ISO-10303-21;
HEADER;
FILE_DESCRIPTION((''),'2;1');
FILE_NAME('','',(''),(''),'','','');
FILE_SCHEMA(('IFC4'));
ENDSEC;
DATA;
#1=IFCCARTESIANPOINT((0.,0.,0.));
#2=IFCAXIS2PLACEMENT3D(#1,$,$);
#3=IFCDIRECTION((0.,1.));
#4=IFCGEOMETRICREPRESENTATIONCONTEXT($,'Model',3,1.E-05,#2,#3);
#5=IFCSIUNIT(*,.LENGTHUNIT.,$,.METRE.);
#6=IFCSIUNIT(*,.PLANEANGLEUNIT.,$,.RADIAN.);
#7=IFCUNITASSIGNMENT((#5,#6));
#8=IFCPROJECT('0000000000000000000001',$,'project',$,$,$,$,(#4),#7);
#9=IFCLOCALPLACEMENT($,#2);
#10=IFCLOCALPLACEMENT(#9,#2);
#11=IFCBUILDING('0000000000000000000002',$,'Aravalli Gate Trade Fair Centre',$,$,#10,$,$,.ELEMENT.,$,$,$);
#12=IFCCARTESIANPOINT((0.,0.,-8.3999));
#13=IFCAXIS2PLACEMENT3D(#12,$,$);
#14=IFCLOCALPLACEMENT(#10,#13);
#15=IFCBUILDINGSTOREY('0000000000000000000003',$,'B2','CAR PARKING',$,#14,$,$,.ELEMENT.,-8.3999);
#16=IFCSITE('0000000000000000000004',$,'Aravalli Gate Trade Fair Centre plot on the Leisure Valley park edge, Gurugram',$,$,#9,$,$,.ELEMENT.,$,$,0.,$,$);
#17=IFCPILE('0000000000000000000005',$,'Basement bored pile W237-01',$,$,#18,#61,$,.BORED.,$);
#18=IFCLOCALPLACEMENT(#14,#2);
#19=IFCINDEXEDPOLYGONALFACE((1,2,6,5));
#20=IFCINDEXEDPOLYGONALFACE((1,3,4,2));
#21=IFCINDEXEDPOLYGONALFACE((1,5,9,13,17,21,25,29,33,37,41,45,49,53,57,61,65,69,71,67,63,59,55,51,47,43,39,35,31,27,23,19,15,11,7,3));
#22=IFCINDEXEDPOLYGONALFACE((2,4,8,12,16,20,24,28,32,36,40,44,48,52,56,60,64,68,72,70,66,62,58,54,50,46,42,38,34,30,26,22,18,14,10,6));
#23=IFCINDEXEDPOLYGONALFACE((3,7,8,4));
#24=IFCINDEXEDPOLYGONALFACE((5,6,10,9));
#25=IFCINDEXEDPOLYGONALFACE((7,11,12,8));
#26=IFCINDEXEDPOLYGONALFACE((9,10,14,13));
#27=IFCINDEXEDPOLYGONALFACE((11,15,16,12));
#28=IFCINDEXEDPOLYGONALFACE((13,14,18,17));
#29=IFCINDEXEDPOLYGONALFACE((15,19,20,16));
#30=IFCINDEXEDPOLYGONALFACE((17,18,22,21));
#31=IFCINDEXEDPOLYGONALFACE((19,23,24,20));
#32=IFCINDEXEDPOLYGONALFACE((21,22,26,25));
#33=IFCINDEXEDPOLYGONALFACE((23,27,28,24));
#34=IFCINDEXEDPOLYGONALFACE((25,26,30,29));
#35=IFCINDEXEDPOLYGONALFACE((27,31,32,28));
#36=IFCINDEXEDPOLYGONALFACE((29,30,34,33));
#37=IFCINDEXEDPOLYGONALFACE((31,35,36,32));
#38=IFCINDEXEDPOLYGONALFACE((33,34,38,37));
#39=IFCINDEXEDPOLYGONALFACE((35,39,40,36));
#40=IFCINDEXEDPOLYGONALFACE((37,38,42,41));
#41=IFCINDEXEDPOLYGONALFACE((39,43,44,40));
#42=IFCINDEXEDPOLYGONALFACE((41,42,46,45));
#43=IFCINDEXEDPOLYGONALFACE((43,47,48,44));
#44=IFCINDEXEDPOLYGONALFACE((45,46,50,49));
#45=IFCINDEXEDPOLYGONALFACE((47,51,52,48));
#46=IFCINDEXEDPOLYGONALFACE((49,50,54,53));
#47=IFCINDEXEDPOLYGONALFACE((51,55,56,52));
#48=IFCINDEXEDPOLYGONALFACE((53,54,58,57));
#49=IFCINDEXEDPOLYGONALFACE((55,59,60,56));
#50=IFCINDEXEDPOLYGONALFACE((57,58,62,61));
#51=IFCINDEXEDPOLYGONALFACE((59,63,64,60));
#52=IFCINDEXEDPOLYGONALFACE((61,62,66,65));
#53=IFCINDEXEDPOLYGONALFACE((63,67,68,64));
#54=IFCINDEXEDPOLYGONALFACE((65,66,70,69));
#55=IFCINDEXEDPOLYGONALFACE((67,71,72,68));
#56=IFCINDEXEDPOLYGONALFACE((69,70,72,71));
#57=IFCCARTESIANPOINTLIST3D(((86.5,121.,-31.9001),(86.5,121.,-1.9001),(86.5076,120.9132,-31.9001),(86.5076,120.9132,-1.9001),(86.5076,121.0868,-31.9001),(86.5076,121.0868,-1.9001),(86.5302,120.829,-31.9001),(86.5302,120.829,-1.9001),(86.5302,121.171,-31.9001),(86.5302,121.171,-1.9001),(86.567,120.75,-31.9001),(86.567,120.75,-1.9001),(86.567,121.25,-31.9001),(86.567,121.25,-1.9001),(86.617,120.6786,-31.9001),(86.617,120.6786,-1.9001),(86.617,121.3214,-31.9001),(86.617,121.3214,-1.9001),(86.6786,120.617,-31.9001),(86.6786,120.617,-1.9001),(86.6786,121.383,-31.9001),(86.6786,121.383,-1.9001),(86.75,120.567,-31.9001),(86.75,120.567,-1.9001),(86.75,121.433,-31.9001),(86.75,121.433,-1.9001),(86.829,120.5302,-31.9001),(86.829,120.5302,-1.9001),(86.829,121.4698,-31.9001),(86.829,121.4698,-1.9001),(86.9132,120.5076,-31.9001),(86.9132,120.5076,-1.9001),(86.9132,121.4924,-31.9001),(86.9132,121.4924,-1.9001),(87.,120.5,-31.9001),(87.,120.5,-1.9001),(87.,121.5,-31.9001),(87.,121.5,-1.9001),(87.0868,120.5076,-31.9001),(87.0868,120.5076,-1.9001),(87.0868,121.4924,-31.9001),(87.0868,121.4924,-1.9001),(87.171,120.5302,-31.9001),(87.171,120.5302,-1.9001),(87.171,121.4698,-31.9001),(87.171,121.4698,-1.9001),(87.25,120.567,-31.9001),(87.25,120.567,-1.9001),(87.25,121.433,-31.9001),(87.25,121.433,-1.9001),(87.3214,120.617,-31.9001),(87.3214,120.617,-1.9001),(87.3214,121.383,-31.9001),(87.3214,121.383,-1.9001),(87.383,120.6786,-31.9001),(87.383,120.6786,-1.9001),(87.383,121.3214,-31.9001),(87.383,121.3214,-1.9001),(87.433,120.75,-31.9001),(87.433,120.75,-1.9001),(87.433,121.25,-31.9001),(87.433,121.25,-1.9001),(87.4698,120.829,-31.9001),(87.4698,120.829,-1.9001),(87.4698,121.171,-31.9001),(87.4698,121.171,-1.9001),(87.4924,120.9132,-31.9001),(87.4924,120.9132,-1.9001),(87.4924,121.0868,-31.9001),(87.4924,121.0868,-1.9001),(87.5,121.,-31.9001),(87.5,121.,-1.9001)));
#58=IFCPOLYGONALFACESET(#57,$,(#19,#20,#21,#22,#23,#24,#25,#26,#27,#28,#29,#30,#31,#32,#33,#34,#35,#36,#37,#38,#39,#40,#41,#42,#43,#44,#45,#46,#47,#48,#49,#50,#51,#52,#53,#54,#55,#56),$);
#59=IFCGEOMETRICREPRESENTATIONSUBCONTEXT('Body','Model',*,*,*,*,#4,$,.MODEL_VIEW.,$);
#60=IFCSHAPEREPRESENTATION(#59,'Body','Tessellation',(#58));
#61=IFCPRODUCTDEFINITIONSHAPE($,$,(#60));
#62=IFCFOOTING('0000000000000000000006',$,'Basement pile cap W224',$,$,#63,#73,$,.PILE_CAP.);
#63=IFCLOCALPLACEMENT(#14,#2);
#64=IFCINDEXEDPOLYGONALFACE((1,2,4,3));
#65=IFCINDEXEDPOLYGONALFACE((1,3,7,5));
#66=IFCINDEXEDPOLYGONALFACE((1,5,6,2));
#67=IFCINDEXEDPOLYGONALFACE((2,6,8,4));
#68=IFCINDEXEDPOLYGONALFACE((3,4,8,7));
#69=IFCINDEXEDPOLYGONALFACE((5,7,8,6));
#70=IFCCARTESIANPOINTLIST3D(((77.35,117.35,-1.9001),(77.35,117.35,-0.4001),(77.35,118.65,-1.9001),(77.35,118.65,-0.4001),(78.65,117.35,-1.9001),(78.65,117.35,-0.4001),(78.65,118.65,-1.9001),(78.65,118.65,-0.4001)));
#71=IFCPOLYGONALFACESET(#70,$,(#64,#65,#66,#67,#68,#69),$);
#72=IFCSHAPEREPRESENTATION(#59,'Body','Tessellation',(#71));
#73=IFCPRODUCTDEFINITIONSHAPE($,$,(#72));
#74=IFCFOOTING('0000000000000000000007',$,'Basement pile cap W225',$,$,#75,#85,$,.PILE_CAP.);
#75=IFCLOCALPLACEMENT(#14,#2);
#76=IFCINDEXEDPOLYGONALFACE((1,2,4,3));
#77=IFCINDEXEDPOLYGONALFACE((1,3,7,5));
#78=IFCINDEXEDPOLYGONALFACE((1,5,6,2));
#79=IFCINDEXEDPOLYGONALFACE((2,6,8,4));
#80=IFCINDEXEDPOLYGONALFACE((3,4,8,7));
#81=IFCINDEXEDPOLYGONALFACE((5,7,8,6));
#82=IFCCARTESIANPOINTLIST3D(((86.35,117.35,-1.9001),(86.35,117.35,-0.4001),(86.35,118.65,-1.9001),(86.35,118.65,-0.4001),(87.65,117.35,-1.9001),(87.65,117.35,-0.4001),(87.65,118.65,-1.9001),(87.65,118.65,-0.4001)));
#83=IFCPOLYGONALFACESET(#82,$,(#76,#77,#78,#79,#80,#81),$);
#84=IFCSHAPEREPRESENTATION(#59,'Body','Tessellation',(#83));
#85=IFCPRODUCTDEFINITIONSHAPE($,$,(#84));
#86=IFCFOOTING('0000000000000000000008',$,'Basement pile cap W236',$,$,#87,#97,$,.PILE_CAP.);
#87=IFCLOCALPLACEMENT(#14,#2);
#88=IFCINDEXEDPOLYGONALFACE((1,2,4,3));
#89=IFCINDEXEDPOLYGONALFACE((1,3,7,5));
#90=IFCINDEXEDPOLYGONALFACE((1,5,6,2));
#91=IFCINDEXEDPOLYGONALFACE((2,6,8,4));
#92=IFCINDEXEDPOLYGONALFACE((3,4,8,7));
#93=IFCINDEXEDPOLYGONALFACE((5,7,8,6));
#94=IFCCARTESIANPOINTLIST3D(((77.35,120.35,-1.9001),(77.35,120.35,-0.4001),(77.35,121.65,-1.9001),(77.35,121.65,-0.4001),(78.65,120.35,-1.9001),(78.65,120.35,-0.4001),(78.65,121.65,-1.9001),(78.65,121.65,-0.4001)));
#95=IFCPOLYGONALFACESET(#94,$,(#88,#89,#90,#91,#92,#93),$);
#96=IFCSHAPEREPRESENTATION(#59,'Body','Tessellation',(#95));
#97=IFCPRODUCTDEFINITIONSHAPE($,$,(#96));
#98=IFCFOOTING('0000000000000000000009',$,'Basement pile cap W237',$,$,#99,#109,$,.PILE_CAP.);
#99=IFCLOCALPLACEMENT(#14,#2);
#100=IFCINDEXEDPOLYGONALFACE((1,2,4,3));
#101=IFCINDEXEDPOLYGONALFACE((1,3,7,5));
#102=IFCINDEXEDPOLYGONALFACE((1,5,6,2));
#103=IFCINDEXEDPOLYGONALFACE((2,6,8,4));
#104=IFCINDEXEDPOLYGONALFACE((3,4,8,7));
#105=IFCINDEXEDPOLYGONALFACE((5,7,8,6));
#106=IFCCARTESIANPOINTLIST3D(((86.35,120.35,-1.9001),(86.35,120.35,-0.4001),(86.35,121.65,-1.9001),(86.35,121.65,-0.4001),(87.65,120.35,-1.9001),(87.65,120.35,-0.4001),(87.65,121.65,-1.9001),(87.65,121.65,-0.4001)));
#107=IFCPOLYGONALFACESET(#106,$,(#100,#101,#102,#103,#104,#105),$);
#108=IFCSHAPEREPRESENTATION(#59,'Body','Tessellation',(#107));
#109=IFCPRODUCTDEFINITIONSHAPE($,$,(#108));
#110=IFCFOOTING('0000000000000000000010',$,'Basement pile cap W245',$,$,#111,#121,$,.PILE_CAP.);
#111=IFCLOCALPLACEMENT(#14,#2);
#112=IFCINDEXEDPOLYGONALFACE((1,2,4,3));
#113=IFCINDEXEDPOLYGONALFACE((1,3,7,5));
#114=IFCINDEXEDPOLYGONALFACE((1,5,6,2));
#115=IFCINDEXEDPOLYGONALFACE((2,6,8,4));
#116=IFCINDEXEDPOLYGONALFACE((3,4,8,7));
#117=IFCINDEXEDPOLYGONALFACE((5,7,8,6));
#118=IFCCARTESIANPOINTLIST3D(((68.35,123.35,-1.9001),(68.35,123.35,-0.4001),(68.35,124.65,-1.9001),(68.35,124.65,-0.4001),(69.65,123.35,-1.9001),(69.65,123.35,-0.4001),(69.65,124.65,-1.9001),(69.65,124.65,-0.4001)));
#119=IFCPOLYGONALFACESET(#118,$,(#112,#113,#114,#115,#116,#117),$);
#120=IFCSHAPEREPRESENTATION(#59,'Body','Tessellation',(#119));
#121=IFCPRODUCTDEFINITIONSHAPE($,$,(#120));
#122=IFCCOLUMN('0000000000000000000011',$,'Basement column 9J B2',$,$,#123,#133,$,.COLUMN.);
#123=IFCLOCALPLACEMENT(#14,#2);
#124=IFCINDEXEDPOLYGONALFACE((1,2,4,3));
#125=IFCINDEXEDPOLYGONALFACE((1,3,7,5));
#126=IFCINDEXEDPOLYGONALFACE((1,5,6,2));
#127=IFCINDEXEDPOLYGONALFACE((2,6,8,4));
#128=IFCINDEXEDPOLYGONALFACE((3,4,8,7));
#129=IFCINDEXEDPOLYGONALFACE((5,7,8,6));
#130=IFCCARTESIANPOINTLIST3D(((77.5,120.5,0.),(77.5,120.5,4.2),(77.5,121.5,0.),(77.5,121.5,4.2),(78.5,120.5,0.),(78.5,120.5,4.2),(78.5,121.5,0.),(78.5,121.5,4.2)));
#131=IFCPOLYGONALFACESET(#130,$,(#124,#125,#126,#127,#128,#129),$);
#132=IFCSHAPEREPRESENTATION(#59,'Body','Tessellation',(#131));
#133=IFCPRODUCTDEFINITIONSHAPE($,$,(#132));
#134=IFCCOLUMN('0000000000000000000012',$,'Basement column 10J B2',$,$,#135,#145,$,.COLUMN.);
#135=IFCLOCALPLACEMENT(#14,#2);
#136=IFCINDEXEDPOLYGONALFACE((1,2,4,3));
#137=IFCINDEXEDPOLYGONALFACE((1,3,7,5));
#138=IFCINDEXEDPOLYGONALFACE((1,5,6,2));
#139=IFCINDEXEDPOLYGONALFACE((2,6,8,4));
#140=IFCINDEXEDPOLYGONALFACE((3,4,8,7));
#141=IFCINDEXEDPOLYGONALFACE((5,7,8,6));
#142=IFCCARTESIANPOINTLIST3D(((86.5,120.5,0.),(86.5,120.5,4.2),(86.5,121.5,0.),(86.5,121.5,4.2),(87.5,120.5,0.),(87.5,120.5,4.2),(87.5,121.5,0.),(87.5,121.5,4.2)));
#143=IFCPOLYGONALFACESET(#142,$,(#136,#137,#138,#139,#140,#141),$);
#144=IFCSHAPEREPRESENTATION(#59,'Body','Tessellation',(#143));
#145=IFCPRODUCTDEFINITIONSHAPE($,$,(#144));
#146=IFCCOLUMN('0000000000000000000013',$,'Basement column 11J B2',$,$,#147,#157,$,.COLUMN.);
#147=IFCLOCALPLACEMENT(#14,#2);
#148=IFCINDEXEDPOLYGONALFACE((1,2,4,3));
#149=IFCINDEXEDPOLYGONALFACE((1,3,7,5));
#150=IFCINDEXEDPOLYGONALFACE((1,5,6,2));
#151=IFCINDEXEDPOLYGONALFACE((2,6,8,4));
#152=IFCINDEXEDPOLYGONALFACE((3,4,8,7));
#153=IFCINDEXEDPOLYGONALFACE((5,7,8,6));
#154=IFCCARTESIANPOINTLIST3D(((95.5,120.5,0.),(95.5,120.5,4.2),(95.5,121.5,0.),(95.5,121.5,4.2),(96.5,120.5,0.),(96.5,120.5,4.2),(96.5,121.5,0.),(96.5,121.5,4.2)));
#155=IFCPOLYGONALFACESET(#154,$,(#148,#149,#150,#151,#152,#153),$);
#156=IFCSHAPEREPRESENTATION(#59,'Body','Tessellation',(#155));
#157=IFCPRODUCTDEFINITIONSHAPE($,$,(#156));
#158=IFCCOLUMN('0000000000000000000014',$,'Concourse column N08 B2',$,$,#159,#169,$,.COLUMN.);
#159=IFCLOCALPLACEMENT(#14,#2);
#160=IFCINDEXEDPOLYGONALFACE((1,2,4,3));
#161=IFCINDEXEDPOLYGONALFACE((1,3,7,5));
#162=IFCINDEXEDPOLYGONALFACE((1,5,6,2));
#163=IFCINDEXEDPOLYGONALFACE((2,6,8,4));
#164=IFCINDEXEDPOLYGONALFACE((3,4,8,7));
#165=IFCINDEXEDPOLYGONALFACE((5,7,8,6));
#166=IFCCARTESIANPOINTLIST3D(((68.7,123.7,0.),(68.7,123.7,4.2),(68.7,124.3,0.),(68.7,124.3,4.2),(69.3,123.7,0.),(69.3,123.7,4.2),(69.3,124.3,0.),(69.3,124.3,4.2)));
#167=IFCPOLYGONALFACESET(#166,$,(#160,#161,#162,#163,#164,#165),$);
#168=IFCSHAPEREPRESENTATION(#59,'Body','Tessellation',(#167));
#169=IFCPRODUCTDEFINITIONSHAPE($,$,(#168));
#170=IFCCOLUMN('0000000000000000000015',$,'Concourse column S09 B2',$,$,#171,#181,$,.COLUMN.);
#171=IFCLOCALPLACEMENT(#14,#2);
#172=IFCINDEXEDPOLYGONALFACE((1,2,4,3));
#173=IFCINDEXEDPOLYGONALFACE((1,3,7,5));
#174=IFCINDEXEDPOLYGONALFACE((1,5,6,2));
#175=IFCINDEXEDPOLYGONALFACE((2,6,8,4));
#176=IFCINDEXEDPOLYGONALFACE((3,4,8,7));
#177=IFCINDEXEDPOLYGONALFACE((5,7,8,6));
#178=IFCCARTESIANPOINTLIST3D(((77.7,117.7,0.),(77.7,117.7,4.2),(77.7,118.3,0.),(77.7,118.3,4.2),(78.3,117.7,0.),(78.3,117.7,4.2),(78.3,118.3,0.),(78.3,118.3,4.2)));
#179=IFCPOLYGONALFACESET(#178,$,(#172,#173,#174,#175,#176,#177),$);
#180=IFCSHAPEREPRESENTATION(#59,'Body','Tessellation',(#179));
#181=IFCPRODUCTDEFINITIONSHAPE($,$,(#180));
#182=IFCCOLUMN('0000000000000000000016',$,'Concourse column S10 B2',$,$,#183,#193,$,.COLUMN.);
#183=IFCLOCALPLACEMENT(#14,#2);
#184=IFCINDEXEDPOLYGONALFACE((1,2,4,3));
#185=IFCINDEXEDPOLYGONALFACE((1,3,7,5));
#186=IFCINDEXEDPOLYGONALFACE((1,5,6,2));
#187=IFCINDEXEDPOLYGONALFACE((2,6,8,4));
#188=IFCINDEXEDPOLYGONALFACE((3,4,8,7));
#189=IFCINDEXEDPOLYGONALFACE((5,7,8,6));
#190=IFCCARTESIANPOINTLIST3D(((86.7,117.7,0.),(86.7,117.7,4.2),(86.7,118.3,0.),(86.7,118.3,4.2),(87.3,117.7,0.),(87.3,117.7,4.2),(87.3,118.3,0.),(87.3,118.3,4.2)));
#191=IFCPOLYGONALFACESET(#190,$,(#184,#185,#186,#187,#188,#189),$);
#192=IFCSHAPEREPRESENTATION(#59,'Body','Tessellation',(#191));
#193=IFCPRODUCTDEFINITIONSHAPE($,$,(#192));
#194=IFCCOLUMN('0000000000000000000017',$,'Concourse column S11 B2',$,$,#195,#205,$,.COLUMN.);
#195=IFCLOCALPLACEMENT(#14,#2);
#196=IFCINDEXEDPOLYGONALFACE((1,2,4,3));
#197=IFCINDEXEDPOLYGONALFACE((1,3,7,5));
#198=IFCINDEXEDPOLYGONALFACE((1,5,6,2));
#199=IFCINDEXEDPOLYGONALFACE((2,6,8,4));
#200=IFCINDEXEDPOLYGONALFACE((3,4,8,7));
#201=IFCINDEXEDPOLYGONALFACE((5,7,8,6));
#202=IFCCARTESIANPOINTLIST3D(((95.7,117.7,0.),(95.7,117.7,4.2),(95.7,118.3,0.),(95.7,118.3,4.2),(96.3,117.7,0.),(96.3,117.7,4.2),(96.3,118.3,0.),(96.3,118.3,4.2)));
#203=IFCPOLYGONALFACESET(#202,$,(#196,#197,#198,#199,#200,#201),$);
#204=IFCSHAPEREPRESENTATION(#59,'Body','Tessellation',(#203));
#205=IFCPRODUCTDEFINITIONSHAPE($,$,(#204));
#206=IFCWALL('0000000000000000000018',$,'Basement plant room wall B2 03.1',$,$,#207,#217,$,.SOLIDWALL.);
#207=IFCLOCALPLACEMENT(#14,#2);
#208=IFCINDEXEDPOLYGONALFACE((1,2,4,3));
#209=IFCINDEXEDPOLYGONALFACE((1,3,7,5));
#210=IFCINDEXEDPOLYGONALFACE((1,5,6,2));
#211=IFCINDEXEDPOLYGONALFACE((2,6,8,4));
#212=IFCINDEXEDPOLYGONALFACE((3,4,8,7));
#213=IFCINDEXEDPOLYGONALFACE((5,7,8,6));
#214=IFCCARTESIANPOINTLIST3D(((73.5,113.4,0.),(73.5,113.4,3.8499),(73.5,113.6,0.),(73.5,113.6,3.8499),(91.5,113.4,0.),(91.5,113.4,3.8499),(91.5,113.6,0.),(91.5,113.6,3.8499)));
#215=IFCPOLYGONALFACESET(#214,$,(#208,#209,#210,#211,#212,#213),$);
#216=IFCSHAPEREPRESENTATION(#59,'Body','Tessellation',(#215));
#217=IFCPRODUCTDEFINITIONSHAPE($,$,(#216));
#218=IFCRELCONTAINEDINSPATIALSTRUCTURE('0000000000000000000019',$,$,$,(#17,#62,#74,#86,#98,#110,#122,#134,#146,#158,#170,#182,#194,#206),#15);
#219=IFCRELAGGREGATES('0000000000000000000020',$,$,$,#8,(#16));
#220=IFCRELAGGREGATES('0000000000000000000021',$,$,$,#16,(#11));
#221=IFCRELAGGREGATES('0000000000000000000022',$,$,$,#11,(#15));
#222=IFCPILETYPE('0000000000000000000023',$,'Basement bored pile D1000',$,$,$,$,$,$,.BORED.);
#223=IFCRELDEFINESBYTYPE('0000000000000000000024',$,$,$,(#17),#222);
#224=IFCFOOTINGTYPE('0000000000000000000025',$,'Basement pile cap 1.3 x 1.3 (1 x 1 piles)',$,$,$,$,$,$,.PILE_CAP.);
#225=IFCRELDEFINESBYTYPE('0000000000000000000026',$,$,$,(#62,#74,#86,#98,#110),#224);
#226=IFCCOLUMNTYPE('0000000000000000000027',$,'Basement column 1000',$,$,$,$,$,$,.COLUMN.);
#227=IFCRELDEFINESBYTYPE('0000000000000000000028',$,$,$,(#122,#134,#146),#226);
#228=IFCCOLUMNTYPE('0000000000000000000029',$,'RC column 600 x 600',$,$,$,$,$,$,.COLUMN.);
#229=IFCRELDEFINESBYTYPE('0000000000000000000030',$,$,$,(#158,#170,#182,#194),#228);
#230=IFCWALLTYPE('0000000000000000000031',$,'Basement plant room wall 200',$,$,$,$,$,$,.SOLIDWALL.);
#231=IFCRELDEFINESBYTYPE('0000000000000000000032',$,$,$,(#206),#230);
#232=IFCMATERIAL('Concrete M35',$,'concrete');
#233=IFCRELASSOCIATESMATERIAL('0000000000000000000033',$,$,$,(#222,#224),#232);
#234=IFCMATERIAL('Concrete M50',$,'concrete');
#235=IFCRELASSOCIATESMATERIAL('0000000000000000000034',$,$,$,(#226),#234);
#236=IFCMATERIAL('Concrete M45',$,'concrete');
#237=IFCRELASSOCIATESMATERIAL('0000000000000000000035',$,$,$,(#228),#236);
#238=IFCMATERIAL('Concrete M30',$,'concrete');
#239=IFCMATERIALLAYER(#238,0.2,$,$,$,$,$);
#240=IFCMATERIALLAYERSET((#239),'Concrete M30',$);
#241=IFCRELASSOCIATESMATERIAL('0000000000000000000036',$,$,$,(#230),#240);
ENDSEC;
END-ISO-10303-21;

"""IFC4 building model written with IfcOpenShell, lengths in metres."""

from ifc_helpers import new_model, si_unit, direction, frame, frame_2d, origin, origin_2d, place, context, subcontext, project, spatial, rectangle, circle, extrude, material, layer, layer_set, material_profile, profile_set, type_object, element, save


model = new_model("IFC4")

# Units and contexts
model_context = context("Model", 3, precision=1e-05, world=origin(), true_north=direction((0.0, 1.0)))
body_context = subcontext(model_context, "Body", "Model", "MODEL_VIEW")
ifc_project = project(units=[si_unit("LENGTHUNIT", "METRE"), si_unit("PLANEANGLEUNIT", "RADIAN")], contexts=[model_context])

# Site, building, storey
site_placement = place(None, origin())
site = spatial("IfcSite", under=ifc_project, at=site_placement, Name="Aravalli Gate Trade Fair Centre plot on the Leisure Valley park edge, Gurugram", CompositionType="ELEMENT", RefElevation=0.0)
building_placement = place(site_placement, origin())
building = spatial("IfcBuilding", under=site, at=building_placement, Name="Aravalli Gate Trade Fair Centre", CompositionType="ELEMENT")
storey_placement = place(building_placement, frame((0.0, 0.0, -8.3999)))
storey = spatial("IfcBuildingStorey", under=building, at=storey_placement, Name="B2", Description="CAR PARKING", CompositionType="ELEMENT", Elevation=-8.3999)

# Pile
ifc_material_1 = material(Name="Concrete M35", Category="concrete")
ifc_material_profile_1 = material_profile(ifc_material_1, circle(Radius=0.5, at=origin_2d()), Name="D1000")
ifc_profile_set_1 = profile_set([ifc_material_profile_1], Name="Concrete M35")
pile_type = type_object("IfcPileType", Name="Basement bored pile D1000", PredefinedType="BORED", material=ifc_profile_set_1)
for number, where, z_axis, x_axis, name in (
    (1, (87.0, 121.0, -1.9001), (0.0, 0.0, -1.0), (1.0, 0.0, 0.0), "Basement bored pile W237-01"),
):
    element("IfcPile", number, at=place(storey_placement, frame(where, z_axis=z_axis, x_axis=x_axis)), inside=storey, type_object=pile_type, Name=name, PredefinedType="BORED", context=body_context, shape_type="SweptSolid", body=[
        extrude(circle(Radius=0.5, at=origin_2d()), origin(), (0.0, 0.0, 1.0), 30.0),
    ])

# Footings
footing_type = type_object("IfcFootingType", Name="Basement pile cap 1.3 x 1.3 (1 x 1 piles)", PredefinedType="PILE_CAP", material=ifc_material_1)
for number, where, z_axis, x_axis, name in (
    (2, (78.0, 118.0, -1.9001), (0.0, 0.0, 1.0), (1.0, 0.0, 0.0), "Basement pile cap W224"),
    (3, (87.0, 118.0, -1.9001), (0.0, 0.0, 1.0), (1.0, 0.0, 0.0), "Basement pile cap W225"),
    (4, (78.0, 121.0, -1.9001), (0.0, 0.0, 1.0), (1.0, 0.0, 0.0), "Basement pile cap W236"),
    (5, (87.0, 121.0, -1.9001), (0.0, 0.0, 1.0), (1.0, 0.0, 0.0), "Basement pile cap W237"),
    (6, (69.0, 124.0, -1.9001), (0.0, 0.0, 1.0), (1.0, 0.0, 0.0), "Basement pile cap W245"),
):
    element("IfcFooting", number, at=place(storey_placement, frame(where, z_axis=z_axis, x_axis=x_axis)), inside=storey, type_object=footing_type, Name=name, PredefinedType="PILE_CAP", context=body_context, shape_type="SweptSolid", body=[
        extrude(rectangle(XDim=1.3, YDim=1.3, at=origin_2d()), origin(), (0.0, 0.0, 1.0), 1.5),
    ])

# Columns
ifc_material_2 = material(Name="Concrete M50", Category="concrete")
ifc_material_profile_2 = material_profile(ifc_material_2, rectangle(XDim=1.0, YDim=1.0, at=origin_2d()), Name="RC 1000 x 1000")
ifc_profile_set_2 = profile_set([ifc_material_profile_2], Name="Concrete M50")
column_type_1 = type_object("IfcColumnType", Name="Basement column 1000", PredefinedType="COLUMN", material=ifc_profile_set_2)
for number, where, z_axis, x_axis, name in (
    (7, (78.0, 121.0, 0.0), (0.0, 0.0, 1.0), (1.0, 0.0, 0.0), "Basement column 9J B2"),
    (8, (87.0, 121.0, 0.0), (0.0, 0.0, 1.0), (1.0, 0.0, 0.0), "Basement column 10J B2"),
    (9, (96.0, 121.0, 0.0), (0.0, 0.0, 1.0), (1.0, 0.0, 0.0), "Basement column 11J B2"),
):
    element("IfcColumn", number, at=place(storey_placement, frame(where, z_axis=z_axis, x_axis=x_axis)), inside=storey, type_object=column_type_1, Name=name, PredefinedType="COLUMN", context=body_context, shape_type="SweptSolid", body=[
        extrude(rectangle(XDim=1.0, YDim=1.0, at=origin_2d()), origin(), (0.0, 0.0, 1.0), 4.2),
    ])
ifc_material_3 = material(Name="Concrete M45", Category="concrete")
ifc_material_profile_3 = material_profile(ifc_material_3, rectangle(XDim=0.6001, YDim=0.6001, at=origin_2d()), Name="RC column 600 x 600")
ifc_profile_set_3 = profile_set([ifc_material_profile_3], Name="Concrete M45")
column_type_2 = type_object("IfcColumnType", Name="RC column 600 x 600", PredefinedType="COLUMN", material=ifc_profile_set_3)
for number, where, z_axis, x_axis, name in (
    (10, (69.0, 124.0, 0.0), (0.0, 0.0, 1.0), (1.0, 0.0, 0.0), "Concourse column N08 B2"),
    (11, (78.0, 118.0, 0.0), (0.0, 0.0, 1.0), (1.0, 0.0, 0.0), "Concourse column S09 B2"),
    (12, (87.0, 118.0, 0.0), (0.0, 0.0, 1.0), (1.0, 0.0, 0.0), "Concourse column S10 B2"),
    (13, (96.0, 118.0, 0.0), (0.0, 0.0, 1.0), (1.0, 0.0, 0.0), "Concourse column S11 B2"),
):
    element("IfcColumn", number, at=place(storey_placement, frame(where, z_axis=z_axis, x_axis=x_axis)), inside=storey, type_object=column_type_2, Name=name, PredefinedType="COLUMN", context=body_context, shape_type="SweptSolid", body=[
        extrude(rectangle(XDim=0.6001, YDim=0.6001, at=origin_2d()), origin(), (0.0, 0.0, 1.0), 4.2),
    ])

# Wall
ifc_material_4 = material(Name="Concrete M30", Category="concrete")
ifc_layer = layer(ifc_material_4, 0.2)
ifc_layer_set = layer_set([ifc_layer], Name="Concrete M30")
wall_type = type_object("IfcWallType", Name="Basement plant room wall 200", PredefinedType="SOLIDWALL", material=ifc_layer_set)
wall_1_placement = place(storey_placement, frame((73.5, 113.5, 0.0), z_axis=(0.0, 0.0, 1.0), x_axis=(1.0, 0.0, 0.0)))
element("IfcWall", 14, at=wall_1_placement, inside=storey, type_object=wall_type, Name="Basement plant room wall B2 03.1", PredefinedType="SOLIDWALL", context=body_context, shape_type="SweptSolid", body=[
    extrude(rectangle(XDim=18.0, YDim=0.2, at=frame_2d((9.0, 0.0))), origin(), (0.0, 0.0, 1.0), 3.8499),
])

save(model, "model.ifc")
